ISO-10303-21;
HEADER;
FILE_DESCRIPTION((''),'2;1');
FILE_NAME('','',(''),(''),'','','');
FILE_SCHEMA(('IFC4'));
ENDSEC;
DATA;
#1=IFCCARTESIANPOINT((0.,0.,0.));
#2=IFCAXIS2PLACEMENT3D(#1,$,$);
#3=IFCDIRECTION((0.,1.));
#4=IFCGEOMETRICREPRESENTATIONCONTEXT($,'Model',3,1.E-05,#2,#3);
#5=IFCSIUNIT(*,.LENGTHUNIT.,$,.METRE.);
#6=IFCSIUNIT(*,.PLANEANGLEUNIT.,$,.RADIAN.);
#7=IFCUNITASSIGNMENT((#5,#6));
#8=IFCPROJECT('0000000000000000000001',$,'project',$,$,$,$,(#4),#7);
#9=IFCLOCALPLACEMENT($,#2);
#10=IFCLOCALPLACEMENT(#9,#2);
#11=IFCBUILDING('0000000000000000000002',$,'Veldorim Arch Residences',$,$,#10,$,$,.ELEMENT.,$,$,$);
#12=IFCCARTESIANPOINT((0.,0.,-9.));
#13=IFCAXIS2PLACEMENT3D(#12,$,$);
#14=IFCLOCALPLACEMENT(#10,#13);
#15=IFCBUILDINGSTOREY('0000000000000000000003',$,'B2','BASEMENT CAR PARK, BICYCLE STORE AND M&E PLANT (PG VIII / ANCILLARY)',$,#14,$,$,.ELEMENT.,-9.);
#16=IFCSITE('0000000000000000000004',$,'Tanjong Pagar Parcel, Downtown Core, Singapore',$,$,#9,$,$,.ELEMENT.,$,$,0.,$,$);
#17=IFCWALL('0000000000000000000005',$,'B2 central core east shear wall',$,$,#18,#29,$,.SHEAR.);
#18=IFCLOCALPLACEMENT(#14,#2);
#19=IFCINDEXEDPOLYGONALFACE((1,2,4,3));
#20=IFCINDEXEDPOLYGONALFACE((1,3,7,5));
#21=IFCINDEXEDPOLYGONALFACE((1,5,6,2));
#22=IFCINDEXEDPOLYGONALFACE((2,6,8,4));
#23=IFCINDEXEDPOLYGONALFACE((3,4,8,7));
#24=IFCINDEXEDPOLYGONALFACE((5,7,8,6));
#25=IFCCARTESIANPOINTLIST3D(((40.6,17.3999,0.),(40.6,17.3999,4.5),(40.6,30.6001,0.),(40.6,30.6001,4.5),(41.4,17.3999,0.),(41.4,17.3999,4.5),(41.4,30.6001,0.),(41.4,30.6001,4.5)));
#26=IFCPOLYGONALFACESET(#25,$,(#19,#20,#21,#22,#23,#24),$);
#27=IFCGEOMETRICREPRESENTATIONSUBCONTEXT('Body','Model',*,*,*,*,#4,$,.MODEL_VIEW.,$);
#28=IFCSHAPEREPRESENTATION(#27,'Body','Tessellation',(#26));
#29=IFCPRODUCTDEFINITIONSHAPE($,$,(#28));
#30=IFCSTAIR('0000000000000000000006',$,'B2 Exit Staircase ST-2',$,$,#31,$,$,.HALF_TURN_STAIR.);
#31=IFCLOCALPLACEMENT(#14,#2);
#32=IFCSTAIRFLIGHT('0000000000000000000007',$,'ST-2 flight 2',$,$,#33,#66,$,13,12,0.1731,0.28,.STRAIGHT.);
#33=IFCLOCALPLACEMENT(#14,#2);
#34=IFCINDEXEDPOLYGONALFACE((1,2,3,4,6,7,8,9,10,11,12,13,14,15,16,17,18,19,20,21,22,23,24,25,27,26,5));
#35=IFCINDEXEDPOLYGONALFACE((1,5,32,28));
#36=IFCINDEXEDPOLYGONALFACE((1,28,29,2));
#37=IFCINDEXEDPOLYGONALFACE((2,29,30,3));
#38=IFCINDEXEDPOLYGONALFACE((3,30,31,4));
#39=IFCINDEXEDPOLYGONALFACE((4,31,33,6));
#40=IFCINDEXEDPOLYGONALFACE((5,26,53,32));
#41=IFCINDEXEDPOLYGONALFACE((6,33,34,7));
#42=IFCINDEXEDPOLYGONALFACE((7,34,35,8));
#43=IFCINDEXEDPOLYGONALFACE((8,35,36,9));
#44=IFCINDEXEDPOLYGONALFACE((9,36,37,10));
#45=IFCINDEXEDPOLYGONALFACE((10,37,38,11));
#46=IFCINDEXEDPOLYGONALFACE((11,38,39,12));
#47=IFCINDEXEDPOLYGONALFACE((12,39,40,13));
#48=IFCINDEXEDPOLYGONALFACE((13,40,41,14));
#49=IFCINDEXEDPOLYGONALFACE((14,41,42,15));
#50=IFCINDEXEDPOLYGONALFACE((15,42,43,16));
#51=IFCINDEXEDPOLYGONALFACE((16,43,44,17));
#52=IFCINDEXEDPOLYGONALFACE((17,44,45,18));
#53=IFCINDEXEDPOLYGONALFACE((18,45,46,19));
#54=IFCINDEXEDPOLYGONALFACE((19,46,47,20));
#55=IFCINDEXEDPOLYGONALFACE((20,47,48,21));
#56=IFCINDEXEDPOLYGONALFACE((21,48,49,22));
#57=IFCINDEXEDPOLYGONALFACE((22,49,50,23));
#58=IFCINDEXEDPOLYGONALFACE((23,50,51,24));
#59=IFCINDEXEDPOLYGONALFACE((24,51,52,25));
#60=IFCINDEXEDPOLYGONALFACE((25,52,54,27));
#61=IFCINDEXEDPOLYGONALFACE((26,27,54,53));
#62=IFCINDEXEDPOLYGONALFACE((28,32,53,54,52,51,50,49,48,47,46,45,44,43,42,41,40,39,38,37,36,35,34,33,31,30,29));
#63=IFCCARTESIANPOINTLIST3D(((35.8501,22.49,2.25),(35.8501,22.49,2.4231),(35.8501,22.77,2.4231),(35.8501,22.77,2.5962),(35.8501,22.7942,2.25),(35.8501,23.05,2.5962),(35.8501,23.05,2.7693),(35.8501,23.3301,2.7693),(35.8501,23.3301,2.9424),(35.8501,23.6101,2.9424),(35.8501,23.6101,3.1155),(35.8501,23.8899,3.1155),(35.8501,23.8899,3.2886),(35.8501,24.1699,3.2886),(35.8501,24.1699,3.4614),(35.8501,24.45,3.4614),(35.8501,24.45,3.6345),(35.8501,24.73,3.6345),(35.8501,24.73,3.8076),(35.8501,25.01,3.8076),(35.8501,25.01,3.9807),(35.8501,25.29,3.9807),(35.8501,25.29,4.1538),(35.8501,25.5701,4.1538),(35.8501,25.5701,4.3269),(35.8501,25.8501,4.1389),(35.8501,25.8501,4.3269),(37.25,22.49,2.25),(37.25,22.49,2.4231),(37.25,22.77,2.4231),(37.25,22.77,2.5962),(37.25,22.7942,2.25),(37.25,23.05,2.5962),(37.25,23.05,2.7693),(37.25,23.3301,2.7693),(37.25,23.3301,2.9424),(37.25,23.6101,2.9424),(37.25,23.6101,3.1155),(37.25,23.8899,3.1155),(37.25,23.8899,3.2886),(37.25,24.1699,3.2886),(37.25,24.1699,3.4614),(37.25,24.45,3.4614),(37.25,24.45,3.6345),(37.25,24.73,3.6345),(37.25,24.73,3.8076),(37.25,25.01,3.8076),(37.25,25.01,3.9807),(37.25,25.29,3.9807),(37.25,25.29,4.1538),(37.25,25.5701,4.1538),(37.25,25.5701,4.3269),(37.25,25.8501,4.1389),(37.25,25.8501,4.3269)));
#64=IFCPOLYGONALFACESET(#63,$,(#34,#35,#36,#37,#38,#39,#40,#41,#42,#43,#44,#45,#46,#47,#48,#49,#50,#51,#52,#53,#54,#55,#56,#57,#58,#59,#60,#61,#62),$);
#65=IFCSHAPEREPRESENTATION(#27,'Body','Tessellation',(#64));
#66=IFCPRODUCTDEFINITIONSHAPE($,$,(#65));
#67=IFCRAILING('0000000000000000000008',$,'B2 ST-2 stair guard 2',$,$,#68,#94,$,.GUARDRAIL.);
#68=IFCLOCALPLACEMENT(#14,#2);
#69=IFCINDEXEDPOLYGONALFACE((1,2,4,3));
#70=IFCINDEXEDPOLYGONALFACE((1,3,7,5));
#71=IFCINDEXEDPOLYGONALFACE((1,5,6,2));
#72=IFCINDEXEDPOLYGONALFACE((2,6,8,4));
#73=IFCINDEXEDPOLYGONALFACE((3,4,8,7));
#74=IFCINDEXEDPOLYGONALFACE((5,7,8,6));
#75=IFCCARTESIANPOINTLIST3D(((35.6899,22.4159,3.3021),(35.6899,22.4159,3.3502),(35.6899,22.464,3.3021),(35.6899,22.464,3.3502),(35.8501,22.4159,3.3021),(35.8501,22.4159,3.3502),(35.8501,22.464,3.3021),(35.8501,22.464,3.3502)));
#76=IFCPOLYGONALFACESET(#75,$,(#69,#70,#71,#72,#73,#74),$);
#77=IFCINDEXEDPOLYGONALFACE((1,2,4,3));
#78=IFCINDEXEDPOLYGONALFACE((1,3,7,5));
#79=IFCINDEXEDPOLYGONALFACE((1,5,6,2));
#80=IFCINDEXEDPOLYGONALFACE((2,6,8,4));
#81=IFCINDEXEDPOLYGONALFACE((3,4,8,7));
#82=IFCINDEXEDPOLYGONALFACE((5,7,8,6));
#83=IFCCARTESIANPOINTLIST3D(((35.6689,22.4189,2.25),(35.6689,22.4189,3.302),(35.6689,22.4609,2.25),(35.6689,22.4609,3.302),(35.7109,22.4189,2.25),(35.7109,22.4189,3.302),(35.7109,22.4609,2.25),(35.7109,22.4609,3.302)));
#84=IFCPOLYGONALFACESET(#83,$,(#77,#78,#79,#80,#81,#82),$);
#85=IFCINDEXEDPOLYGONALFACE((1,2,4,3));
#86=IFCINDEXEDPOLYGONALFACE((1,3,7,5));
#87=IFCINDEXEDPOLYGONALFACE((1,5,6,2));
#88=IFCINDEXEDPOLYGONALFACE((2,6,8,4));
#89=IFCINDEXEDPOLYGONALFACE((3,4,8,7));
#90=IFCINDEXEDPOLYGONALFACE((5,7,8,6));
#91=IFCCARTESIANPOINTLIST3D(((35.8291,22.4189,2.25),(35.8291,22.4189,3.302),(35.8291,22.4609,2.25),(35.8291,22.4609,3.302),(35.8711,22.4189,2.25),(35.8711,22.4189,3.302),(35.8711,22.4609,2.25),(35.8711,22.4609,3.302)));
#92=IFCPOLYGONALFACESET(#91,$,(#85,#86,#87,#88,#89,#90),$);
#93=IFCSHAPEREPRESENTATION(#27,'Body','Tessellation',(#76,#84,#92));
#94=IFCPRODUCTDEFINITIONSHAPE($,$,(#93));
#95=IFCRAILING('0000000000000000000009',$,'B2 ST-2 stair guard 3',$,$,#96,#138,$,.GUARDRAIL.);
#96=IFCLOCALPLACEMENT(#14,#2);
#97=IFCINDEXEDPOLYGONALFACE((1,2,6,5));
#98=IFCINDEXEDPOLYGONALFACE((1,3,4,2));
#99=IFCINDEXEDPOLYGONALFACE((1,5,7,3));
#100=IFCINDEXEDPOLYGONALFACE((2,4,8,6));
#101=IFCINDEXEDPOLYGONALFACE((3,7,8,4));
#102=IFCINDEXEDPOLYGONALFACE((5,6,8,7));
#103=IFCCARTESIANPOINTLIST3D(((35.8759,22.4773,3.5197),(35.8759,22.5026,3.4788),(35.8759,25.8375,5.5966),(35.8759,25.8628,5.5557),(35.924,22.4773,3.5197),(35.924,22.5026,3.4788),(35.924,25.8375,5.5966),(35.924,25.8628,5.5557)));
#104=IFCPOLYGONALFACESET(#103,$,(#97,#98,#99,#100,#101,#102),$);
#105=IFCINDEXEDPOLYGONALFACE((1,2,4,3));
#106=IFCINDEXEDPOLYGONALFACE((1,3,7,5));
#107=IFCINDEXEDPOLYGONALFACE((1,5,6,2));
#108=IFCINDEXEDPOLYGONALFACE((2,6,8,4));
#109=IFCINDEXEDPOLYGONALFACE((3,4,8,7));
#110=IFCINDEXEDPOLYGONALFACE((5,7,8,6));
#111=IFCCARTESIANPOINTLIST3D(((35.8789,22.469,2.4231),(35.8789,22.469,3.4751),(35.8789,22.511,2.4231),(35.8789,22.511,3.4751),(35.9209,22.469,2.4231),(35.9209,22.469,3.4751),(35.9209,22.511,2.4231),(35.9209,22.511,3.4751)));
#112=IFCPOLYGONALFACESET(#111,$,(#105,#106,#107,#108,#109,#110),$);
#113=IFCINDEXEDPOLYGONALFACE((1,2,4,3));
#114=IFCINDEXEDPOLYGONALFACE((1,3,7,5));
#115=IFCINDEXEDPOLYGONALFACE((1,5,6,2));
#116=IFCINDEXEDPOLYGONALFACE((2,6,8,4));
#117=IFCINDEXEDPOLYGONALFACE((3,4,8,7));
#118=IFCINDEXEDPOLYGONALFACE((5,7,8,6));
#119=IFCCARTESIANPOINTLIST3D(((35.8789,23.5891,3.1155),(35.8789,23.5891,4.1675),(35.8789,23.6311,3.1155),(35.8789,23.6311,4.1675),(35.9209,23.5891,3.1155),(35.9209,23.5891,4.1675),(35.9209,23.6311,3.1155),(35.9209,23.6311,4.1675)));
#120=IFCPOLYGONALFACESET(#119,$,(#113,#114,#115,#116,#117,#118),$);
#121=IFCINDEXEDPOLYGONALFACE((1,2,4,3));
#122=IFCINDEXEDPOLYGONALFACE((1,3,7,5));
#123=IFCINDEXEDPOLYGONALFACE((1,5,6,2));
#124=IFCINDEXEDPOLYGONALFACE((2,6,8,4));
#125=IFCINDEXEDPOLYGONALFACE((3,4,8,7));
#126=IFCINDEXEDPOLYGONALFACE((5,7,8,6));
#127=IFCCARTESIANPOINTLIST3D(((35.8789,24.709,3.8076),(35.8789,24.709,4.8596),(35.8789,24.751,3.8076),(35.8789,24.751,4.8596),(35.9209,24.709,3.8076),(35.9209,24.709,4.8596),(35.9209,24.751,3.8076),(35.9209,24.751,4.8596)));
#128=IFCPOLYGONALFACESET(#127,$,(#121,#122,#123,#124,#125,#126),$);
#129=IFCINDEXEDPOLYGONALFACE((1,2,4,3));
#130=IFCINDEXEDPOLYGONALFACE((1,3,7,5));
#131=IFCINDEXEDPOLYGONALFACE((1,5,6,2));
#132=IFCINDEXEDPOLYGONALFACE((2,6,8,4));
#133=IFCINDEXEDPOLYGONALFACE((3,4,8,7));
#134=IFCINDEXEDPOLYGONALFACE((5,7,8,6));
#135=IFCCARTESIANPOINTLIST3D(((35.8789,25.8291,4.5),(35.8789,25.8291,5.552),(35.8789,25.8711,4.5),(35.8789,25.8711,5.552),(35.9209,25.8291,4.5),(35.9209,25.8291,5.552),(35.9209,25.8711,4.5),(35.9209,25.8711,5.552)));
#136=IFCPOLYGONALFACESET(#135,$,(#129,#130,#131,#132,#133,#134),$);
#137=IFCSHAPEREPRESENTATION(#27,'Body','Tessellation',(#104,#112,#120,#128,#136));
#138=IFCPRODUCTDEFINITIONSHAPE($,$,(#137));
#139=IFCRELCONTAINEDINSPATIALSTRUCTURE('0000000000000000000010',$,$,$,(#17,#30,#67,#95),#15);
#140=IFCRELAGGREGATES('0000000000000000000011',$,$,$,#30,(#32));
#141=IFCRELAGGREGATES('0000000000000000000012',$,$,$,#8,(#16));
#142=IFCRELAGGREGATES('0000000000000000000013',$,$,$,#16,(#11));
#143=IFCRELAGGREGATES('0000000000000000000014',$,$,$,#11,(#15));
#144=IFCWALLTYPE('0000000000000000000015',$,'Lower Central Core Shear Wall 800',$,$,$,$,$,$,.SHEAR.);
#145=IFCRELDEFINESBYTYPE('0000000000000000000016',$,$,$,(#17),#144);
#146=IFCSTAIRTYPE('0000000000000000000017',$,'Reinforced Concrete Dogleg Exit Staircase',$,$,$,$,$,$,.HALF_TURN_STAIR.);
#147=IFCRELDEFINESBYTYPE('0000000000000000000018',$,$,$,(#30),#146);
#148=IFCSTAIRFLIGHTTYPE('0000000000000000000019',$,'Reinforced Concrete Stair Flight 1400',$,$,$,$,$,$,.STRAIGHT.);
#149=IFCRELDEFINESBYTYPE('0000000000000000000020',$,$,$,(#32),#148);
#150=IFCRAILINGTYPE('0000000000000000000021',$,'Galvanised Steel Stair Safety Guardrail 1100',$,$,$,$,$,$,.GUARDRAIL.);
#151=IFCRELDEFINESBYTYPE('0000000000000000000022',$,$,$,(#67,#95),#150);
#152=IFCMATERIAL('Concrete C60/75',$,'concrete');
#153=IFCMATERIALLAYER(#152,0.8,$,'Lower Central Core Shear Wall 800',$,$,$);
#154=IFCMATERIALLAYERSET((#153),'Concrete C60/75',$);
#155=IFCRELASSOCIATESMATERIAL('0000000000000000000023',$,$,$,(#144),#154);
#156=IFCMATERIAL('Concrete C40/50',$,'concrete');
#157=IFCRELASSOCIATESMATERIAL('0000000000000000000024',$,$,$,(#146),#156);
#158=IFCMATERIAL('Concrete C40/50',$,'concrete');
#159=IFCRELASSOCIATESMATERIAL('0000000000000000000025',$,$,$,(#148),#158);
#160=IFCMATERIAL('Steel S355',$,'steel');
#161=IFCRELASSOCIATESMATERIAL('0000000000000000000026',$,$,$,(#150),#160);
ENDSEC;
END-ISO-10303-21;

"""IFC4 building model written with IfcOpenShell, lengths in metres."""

from ifc_helpers import new_model, si_unit, direction, frame, frame_2d, origin, origin_2d, place, context, subcontext, project, spatial, polyline, rectangle, outline, extrude, material, layer, layer_set, type_object, element, aggregate, save


model = new_model("IFC4")

# Units and contexts
model_context = context("Model", 3, precision=1e-05, world=origin(), true_north=direction((0.0, 1.0)))
body_context = subcontext(model_context, "Body", "Model", "MODEL_VIEW")
ifc_project = project(units=[si_unit("LENGTHUNIT", "METRE"), si_unit("PLANEANGLEUNIT", "RADIAN")], contexts=[model_context])

# Site, building, storey
site_placement = place(None, origin())
site = spatial("IfcSite", under=ifc_project, at=site_placement, Name="Tanjong Pagar Parcel, Downtown Core, Singapore", CompositionType="ELEMENT", RefElevation=0.0)
building_placement = place(site_placement, origin())
building = spatial("IfcBuilding", under=site, at=building_placement, Name="Veldorim Arch Residences", CompositionType="ELEMENT")
storey_placement = place(building_placement, frame((0.0, 0.0, -9.0)))
storey = spatial("IfcBuildingStorey", under=building, at=storey_placement, Name="B2", Description="BASEMENT CAR PARK, BICYCLE STORE AND M&E PLANT (PG VIII / ANCILLARY)", CompositionType="ELEMENT", Elevation=-9.0)

# Wall
ifc_material_1 = material(Name="Concrete C60/75", Category="concrete")
ifc_layer_1 = layer(ifc_material_1, 0.8, Name="Lower Central Core Shear Wall 800")
ifc_layer_set_1 = layer_set([ifc_layer_1], Name="Concrete C60/75")
wall_type_1 = type_object("IfcWallType", Name="Lower Central Core Shear Wall 800", PredefinedType="SHEAR", material=ifc_layer_set_1)
wall_1_placement = place(storey_placement, frame((41.0, 17.3999, 0.0), z_axis=(0.0, 0.0, 1.0), x_axis=(0.0, 1.0, 0.0)))
element("IfcWall", 1, at=wall_1_placement, inside=storey, type_object=wall_type_1, Name="B2 central core east shear wall", PredefinedType="SHEAR", context=body_context, shape_type="SweptSolid", body=[
    extrude(rectangle(XDim=13.2002, YDim=0.8, at=frame_2d((6.6001, 0.0))), origin(), (0.0, 0.0, 1.0), 4.5),
])

# Stair, stair flight
ifc_material_2 = material(Name="Concrete C40/50", Category="concrete")
stair_type = type_object("IfcStairType", Name="Reinforced Concrete Dogleg Exit Staircase", PredefinedType="HALF_TURN_STAIR", material=ifc_material_2)
stair_placement = place(storey_placement, origin())
stair = element("IfcStair", 2, at=stair_placement, inside=storey, type_object=stair_type, Name="B2 Exit Staircase ST-2", PredefinedType="HALF_TURN_STAIR")
ifc_material_3 = material(Name="Concrete C40/50", Category="concrete")
stair_flight_type = type_object("IfcStairFlightType", Name="Reinforced Concrete Stair Flight 1400", PredefinedType="STRAIGHT", material=ifc_material_3)
stair_flight_placement = place(storey_placement, frame((36.55, 22.49, 2.25), z_axis=(0.0, 0.0, 1.0), x_axis=(0.0, 1.0, 0.0)))
stair_flight = element("IfcStairFlight", 3, at=stair_flight_placement, type_object=stair_flight_type, Name="ST-2 flight 2", NumberOfRisers=13, NumberOfTreads=12, PredefinedType="STRAIGHT", RiserHeight=0.1731, TreadLength=0.28, context=body_context, shape_type="SweptSolid", body=[
    extrude(outline(polyline([(0.0, 0.0), (0.0, 0.1731), (0.28, 0.1731), (0.28, 0.3462), (0.5601, 0.3462), (0.5601, 0.5193), (0.8401, 0.5193), (0.8401, 0.6924), (1.1201, 0.6924), (1.1201, 0.8655), (1.3999, 0.8655), (1.3999, 1.0386), (1.6799, 1.0386), (1.6799, 1.2114), (1.96, 1.2114), (1.96, 1.3845), (2.24, 1.3845), (2.24, 1.5576), (2.52, 1.5576), (2.52, 1.7307), (2.8, 1.7307), (2.8, 1.9038), (3.0801, 1.9038), (3.0801, 2.0769), (3.3601, 2.0769), (3.3601, 2.25), (3.3601, 1.8889), (0.3042, 0.0), (0.0, 0.0)])), frame((0.0, 0.7, 0.0), z_axis=(0.0, -1.0, 0.0), x_axis=(1.0, 0.0, 0.0)), (0.0, 0.0, 1.0), 1.3999),
])
aggregate(stair, [stair_flight])

# Railings
ifc_material_4 = material(Name="Steel S355", Category="steel")
railing_type = type_object("IfcRailingType", Name="Galvanised Steel Stair Safety Guardrail 1100", PredefinedType="GUARDRAIL", material=ifc_material_4)
railing_1_placement = place(storey_placement, frame((35.6899, 22.4399, 2.25)))
element("IfcRailing", 4, at=railing_1_placement, inside=storey, type_object=railing_type, Name="B2 ST-2 stair guard 2", PredefinedType="GUARDRAIL", context=body_context, shape_type="SweptSolid", body=[
    extrude(rectangle(XDim=0.0481, YDim=0.0481, at=origin_2d()), frame((0.0, 0.0, 1.0762), z_axis=(1.0, 0.0, 0.0), x_axis=(0.0, 1.0, 0.0)), (0.0, 0.0, 1.0), 0.1602),
    extrude(rectangle(XDim=0.042, YDim=0.042, at=origin_2d()), origin(), (0.0, 0.0, 1.0), 1.052),
    extrude(rectangle(XDim=0.042, YDim=0.042, at=origin_2d()), frame((0.1602, 0.0, 0.0)), (0.0, 0.0, 1.0), 1.052),
])
railing_2_placement = place(storey_placement, frame((35.8999, 22.49, 2.4231)))
element("IfcRailing", 5, at=railing_2_placement, inside=storey, type_object=railing_type, Name="B2 ST-2 stair guard 3", PredefinedType="GUARDRAIL", context=body_context, shape_type="SweptSolid", body=[
    extrude(rectangle(XDim=0.0481, YDim=0.0481, at=origin_2d()), frame((0.0, 0.0, 1.0762), z_axis=(0.0, 0.850623, 0.525776), x_axis=(-1.0, 0.0, 0.0)), (0.0, 0.0, 1.0), 3.9502),
    extrude(rectangle(XDim=0.042, YDim=0.042, at=origin_2d()), origin(), (0.0, 0.0, 1.0), 1.052),
    extrude(rectangle(XDim=0.042, YDim=0.042, at=origin_2d()), frame((0.0, 1.1201, 0.6924)), (0.0, 0.0, 1.0), 1.052),
    extrude(rectangle(XDim=0.042, YDim=0.042, at=origin_2d()), frame((0.0, 2.24, 1.3845)), (0.0, 0.0, 1.0), 1.052),
    extrude(rectangle(XDim=0.042, YDim=0.042, at=origin_2d()), frame((0.0, 3.3601, 2.0769)), (0.0, 0.0, 1.0), 1.052),
])

save(model, "model.ifc")
